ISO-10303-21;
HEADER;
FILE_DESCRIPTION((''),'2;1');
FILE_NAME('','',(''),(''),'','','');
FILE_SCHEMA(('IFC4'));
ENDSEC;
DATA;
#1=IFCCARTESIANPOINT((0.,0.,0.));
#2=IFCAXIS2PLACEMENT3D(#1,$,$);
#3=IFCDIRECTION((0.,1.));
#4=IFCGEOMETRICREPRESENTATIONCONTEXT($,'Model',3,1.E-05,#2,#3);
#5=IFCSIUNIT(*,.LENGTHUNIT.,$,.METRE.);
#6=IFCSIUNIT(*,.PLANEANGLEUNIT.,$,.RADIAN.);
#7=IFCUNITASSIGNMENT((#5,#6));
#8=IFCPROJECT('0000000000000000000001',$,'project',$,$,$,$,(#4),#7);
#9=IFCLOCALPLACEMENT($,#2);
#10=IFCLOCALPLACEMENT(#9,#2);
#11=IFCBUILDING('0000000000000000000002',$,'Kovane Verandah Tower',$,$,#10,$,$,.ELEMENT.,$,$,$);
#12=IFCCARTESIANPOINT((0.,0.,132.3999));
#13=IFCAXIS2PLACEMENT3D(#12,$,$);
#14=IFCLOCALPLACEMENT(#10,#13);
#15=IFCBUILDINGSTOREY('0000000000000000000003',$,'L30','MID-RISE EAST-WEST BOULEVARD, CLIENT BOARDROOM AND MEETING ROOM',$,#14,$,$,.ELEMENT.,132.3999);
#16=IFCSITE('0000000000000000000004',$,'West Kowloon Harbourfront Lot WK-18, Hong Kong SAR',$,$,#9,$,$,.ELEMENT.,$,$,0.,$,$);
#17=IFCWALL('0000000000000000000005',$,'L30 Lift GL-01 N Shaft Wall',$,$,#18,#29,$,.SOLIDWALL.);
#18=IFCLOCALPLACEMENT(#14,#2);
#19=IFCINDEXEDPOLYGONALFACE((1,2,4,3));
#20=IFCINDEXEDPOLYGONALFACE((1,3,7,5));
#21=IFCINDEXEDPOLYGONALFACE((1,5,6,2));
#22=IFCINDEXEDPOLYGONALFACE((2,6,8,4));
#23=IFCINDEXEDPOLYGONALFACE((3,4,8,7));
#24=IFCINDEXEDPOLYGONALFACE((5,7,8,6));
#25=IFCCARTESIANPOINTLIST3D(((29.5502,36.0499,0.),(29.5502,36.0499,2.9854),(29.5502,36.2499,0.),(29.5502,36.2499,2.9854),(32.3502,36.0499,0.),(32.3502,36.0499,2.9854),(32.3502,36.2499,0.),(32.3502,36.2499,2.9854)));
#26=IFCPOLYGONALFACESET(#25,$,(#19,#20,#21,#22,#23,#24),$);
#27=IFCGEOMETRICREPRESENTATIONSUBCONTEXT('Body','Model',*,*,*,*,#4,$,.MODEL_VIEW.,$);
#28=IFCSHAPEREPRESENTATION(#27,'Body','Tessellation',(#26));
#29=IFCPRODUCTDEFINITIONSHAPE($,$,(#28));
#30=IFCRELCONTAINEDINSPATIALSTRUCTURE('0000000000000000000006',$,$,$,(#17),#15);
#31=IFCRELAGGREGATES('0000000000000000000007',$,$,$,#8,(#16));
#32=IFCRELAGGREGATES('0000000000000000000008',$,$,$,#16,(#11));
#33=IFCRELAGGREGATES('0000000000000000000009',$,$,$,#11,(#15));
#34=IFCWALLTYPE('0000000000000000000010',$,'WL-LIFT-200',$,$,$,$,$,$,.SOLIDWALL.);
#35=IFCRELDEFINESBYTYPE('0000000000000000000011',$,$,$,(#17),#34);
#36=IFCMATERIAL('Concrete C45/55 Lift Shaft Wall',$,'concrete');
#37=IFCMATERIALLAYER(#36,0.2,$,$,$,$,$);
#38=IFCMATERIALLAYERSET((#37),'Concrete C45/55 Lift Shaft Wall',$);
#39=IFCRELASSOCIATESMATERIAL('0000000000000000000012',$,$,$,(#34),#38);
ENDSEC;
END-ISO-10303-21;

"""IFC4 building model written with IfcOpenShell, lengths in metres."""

from ifc_helpers import new_model, si_unit, direction, frame, frame_2d, origin, place, context, subcontext, project, spatial, rectangle, extrude, material, layer, layer_set, type_object, element, save


model = new_model("IFC4")

# Units and contexts
model_context = context("Model", 3, precision=1e-05, world=origin(), true_north=direction((0.0, 1.0)))
body_context = subcontext(model_context, "Body", "Model", "MODEL_VIEW")
ifc_project = project(units=[si_unit("LENGTHUNIT", "METRE"), si_unit("PLANEANGLEUNIT", "RADIAN")], contexts=[model_context])

# Site, building, storey
site_placement = place(None, origin())
site = spatial("IfcSite", under=ifc_project, at=site_placement, Name="West Kowloon Harbourfront Lot WK-18, Hong Kong SAR", CompositionType="ELEMENT", RefElevation=0.0)
building_placement = place(site_placement, origin())
building = spatial("IfcBuilding", under=site, at=building_placement, Name="Kovane Verandah Tower", CompositionType="ELEMENT")
storey_placement = place(building_placement, frame((0.0, 0.0, 132.3999)))
storey = spatial("IfcBuildingStorey", under=building, at=storey_placement, Name="L30", Description="MID-RISE EAST-WEST BOULEVARD, CLIENT BOARDROOM AND MEETING ROOM", CompositionType="ELEMENT", Elevation=132.3999)

# Wall
ifc_material_1 = material(Name="Concrete C45/55 Lift Shaft Wall", Category="concrete")
ifc_layer_1 = layer(ifc_material_1, 0.2)
ifc_layer_set_1 = layer_set([ifc_layer_1], Name="Concrete C45/55 Lift Shaft Wall")
wall_type_1 = type_object("IfcWallType", Name="WL-LIFT-200", PredefinedType="SOLIDWALL", material=ifc_layer_set_1)
wall_1_placement = place(storey_placement, frame((32.3501, 36.1499, 0.0), z_axis=(0.0, 0.0, 1.0), x_axis=(-1.0, 0.0, 0.0)))
element("IfcWall", 1, at=wall_1_placement, inside=storey, type_object=wall_type_1, Name="L30 Lift GL-01 N Shaft Wall", PredefinedType="SOLIDWALL", context=body_context, shape_type="SweptSolid", body=[
    extrude(rectangle(XDim=2.8, YDim=0.2, at=frame_2d((1.3999, 0.0))), origin(), (0.0, 0.0, 1.0), 2.9854),
])

save(model, "model.ifc")
